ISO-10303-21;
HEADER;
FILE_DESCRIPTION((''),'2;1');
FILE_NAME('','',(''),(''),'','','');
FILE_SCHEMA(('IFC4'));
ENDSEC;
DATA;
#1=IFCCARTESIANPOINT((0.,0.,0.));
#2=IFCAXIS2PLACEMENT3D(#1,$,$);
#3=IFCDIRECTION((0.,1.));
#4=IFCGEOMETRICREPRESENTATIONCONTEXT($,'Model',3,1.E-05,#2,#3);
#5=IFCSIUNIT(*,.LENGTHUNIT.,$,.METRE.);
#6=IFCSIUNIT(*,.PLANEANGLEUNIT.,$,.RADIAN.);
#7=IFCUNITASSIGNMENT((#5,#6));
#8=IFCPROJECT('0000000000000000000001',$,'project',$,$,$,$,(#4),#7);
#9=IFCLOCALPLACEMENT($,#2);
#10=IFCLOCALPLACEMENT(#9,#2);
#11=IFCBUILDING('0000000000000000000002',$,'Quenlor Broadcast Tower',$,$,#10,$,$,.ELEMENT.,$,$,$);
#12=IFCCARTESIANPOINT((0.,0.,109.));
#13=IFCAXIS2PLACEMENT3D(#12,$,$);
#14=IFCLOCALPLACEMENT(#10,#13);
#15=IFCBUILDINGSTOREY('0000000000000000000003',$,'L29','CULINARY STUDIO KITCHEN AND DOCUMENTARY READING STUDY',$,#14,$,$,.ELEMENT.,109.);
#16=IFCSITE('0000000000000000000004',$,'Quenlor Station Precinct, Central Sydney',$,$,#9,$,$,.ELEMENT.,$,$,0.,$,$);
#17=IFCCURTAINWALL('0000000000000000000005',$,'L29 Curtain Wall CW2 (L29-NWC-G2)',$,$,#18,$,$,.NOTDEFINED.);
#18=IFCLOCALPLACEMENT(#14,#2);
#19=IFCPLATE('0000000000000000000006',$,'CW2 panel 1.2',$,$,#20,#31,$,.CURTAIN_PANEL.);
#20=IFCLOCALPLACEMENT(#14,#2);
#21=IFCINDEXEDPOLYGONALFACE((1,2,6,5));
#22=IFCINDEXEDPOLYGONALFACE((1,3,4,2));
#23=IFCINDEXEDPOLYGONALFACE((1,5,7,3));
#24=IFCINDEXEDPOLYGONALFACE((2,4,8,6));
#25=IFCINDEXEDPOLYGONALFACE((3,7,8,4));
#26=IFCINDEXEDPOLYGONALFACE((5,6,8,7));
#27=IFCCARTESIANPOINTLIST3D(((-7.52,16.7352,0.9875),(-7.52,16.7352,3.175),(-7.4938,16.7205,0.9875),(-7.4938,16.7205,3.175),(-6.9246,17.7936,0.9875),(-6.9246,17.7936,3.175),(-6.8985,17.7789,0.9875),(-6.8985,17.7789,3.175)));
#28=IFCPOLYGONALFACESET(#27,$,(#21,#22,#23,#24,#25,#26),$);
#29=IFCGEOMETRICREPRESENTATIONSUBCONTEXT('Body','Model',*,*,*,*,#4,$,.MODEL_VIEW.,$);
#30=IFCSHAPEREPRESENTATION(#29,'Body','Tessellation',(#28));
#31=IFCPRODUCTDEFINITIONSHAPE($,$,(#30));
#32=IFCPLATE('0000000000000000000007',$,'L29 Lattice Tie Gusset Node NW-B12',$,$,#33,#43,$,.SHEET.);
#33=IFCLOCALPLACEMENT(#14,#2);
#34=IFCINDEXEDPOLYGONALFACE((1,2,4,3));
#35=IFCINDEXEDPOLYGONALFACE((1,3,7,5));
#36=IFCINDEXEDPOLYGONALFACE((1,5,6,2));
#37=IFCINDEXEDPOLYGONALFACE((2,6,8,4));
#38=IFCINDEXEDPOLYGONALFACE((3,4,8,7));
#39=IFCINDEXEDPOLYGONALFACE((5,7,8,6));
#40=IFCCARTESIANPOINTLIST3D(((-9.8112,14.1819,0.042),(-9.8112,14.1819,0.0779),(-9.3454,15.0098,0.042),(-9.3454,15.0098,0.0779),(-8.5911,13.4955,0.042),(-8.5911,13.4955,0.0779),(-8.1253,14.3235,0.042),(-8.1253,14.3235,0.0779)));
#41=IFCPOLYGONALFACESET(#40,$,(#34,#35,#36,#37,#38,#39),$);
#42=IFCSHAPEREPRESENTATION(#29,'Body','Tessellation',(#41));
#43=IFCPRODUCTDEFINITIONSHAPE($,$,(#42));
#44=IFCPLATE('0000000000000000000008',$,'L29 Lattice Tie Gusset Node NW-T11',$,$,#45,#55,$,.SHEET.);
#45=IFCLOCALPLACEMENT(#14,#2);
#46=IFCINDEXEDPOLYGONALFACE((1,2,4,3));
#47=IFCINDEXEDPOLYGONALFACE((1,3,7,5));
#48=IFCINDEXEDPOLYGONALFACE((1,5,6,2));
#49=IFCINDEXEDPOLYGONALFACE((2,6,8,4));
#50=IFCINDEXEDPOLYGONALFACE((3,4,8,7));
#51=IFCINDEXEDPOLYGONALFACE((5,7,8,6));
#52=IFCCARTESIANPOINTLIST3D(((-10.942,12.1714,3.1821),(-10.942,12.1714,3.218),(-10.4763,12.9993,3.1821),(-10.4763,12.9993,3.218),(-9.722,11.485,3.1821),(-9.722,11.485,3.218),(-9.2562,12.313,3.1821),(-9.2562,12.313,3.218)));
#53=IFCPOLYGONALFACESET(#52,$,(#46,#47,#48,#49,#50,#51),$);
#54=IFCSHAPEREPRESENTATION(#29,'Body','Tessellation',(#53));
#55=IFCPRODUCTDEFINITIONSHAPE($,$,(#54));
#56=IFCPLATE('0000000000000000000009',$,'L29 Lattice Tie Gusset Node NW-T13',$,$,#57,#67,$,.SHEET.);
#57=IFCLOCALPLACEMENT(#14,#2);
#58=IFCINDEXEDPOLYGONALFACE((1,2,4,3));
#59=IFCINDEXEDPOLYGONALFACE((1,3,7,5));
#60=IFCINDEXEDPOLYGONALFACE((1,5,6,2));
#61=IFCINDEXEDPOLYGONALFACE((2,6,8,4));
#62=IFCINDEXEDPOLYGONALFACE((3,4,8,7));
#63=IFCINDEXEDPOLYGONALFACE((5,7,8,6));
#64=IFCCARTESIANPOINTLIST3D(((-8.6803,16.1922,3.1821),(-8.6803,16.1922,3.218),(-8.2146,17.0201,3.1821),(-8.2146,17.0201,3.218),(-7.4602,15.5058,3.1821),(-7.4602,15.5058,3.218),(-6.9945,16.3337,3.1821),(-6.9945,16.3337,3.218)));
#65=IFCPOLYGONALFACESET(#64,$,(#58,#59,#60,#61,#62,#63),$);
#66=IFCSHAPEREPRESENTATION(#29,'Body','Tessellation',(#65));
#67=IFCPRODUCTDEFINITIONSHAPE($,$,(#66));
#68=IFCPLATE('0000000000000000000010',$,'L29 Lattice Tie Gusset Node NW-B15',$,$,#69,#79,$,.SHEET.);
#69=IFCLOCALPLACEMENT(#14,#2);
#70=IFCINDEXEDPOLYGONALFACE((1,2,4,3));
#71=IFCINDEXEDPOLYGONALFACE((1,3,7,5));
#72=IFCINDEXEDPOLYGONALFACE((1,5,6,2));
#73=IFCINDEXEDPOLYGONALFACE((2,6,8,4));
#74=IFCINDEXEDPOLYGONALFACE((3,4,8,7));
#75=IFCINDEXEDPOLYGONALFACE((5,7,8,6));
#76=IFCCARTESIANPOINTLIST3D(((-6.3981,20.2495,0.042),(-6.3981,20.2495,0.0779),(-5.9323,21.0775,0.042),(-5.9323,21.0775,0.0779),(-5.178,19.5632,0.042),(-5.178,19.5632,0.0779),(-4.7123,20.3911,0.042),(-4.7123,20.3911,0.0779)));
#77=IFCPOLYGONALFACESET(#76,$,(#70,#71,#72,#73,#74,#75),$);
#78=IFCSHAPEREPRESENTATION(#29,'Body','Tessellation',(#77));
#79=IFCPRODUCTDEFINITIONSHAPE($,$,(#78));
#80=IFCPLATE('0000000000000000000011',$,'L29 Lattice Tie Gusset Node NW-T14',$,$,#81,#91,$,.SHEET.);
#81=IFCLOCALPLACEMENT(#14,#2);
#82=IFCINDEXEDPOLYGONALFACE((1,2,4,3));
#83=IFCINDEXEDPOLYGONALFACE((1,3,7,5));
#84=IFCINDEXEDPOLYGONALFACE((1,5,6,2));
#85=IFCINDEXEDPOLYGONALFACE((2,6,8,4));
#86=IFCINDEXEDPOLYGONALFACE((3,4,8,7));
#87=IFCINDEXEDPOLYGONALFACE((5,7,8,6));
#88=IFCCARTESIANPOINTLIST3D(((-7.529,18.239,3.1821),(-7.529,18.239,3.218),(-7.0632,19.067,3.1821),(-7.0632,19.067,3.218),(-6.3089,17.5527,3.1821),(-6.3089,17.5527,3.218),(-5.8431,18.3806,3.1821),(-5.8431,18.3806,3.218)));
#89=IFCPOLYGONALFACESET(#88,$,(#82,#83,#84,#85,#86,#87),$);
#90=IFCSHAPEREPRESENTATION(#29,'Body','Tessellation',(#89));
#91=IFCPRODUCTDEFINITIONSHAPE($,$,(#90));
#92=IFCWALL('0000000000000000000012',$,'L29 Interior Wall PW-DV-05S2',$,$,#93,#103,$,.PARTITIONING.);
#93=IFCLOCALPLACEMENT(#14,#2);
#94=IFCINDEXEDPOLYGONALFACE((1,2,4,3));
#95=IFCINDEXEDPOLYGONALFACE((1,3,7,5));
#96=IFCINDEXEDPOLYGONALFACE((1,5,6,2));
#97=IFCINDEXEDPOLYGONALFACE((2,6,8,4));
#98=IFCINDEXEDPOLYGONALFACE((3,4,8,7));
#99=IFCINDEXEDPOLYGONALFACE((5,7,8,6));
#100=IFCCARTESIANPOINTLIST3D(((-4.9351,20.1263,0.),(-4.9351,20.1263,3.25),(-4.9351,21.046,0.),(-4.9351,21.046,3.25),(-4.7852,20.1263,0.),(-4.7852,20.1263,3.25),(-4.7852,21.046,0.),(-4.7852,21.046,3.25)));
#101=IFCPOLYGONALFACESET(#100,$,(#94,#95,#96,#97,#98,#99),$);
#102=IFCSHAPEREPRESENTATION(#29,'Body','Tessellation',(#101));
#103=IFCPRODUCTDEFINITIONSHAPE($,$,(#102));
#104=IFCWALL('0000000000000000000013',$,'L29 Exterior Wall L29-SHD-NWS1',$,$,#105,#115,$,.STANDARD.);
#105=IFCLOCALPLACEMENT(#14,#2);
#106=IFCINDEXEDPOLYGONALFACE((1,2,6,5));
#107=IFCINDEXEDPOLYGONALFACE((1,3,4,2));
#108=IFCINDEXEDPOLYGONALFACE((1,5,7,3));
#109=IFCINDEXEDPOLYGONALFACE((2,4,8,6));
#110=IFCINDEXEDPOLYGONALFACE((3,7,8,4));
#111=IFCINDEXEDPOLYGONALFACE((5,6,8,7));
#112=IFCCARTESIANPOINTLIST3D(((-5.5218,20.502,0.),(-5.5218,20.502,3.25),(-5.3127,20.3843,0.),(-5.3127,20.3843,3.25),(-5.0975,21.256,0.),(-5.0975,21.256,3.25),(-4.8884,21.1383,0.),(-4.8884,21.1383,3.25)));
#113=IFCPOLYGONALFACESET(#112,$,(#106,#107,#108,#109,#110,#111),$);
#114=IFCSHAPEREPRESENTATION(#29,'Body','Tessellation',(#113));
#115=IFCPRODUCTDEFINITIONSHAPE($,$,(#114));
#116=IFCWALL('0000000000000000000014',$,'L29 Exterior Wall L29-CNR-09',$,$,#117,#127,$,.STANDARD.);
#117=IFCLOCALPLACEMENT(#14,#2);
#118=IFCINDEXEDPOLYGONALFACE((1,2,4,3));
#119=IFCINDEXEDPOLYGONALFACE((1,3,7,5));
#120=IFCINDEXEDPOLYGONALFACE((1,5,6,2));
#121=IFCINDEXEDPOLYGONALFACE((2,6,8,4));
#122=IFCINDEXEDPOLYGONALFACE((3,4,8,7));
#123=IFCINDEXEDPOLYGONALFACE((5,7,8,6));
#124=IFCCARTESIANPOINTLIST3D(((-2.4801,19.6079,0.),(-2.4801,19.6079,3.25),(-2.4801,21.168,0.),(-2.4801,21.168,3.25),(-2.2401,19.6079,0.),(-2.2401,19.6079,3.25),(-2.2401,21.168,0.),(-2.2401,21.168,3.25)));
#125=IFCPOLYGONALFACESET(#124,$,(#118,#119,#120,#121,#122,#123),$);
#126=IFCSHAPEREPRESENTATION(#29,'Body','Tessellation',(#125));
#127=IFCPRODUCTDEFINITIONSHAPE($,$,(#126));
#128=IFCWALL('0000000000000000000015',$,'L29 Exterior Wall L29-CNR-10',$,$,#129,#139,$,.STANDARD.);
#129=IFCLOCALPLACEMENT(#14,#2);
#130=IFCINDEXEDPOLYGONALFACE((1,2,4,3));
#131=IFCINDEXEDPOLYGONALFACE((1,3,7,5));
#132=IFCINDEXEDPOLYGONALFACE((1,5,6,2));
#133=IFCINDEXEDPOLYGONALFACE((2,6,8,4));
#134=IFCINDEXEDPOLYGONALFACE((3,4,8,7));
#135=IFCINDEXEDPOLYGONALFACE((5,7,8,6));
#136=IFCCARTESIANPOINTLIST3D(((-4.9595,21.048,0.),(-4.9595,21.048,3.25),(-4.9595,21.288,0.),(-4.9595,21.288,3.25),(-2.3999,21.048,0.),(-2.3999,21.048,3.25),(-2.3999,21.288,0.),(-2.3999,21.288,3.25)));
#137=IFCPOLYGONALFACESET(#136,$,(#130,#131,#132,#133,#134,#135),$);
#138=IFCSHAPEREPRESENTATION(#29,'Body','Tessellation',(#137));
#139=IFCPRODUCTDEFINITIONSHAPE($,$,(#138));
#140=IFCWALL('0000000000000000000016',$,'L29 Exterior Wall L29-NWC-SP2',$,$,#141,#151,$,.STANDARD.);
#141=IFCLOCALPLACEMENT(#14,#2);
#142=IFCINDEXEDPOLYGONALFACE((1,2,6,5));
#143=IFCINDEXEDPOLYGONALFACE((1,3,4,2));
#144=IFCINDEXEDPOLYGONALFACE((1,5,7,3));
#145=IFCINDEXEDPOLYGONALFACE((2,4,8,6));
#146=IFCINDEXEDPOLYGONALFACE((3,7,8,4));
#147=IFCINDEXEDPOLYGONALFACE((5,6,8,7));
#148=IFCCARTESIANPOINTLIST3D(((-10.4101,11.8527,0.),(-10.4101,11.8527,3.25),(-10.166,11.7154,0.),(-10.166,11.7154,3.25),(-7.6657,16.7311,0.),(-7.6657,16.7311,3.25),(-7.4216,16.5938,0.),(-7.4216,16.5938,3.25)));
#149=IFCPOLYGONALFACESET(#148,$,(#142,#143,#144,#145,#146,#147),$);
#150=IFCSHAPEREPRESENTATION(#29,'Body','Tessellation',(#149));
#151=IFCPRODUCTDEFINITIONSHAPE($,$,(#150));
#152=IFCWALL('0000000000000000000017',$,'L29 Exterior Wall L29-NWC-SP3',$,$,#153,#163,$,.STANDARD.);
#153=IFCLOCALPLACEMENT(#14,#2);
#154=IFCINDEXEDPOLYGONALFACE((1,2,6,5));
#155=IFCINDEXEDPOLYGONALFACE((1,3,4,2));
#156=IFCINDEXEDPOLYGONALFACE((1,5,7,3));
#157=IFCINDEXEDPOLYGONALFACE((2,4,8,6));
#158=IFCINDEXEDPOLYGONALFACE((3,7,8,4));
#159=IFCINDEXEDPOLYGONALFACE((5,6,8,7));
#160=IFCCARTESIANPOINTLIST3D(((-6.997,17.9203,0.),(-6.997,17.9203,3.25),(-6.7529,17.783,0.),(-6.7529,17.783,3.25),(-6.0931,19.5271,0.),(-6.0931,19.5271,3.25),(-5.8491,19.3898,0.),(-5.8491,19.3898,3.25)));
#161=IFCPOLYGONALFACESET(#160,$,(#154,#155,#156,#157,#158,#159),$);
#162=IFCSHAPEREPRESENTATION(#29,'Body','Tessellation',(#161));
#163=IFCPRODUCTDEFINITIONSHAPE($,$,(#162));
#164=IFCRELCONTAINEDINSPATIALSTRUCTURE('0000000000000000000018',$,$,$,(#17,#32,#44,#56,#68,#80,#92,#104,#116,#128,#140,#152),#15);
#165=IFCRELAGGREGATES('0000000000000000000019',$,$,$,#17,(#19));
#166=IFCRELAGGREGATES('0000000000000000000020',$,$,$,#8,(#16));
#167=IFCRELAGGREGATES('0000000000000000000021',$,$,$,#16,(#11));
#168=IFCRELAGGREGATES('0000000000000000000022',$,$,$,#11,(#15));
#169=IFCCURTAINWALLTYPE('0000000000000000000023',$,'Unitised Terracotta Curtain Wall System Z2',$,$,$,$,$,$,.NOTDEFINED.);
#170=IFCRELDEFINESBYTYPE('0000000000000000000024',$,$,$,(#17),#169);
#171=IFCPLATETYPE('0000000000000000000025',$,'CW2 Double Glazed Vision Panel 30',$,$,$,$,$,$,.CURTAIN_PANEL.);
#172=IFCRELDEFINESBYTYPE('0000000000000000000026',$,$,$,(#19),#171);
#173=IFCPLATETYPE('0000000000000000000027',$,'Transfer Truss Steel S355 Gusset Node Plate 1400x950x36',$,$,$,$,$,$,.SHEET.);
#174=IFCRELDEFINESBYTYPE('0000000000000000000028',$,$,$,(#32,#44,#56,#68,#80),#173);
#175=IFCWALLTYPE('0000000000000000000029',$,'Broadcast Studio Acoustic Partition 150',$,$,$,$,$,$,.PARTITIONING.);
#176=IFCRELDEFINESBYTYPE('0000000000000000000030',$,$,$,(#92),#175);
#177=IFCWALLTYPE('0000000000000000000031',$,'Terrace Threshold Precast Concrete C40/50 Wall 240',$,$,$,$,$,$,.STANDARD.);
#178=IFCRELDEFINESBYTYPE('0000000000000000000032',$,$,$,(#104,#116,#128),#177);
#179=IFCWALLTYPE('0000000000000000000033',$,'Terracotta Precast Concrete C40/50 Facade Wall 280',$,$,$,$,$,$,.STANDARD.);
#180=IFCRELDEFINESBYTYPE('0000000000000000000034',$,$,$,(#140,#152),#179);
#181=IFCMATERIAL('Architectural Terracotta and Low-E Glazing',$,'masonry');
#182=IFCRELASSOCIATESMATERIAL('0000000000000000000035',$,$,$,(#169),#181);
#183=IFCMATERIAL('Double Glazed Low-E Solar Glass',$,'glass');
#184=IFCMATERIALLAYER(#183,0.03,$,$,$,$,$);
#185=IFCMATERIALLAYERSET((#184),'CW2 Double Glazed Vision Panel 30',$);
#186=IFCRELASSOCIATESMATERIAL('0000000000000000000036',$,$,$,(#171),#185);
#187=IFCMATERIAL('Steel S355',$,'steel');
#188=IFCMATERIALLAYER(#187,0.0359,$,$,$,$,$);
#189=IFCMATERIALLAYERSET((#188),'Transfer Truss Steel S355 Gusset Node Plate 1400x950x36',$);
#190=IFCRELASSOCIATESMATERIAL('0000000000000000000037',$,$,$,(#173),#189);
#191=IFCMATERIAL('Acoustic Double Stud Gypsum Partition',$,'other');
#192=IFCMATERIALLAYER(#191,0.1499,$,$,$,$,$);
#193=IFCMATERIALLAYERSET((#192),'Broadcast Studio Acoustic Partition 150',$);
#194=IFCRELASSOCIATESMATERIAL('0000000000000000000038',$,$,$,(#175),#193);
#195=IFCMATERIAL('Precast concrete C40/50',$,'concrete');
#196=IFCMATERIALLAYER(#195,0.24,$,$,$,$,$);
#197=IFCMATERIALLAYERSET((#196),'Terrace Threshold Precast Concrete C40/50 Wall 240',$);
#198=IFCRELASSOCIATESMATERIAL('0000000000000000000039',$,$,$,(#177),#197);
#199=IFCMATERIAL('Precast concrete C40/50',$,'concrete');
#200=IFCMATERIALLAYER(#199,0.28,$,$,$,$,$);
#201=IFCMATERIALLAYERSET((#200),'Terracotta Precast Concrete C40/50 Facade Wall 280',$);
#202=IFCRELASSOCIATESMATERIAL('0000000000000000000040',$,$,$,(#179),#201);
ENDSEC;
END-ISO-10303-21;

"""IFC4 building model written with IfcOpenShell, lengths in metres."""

from ifc_helpers import new_model, si_unit, direction, frame, frame_2d, origin, origin_2d, place, context, subcontext, project, spatial, rectangle, extrude, material, layer, layer_set, type_object, element, aggregate, save


model = new_model("IFC4")

# Units and contexts
model_context = context("Model", 3, precision=1e-05, world=origin(), true_north=direction((0.0, 1.0)))
body_context = subcontext(model_context, "Body", "Model", "MODEL_VIEW")
ifc_project = project(units=[si_unit("LENGTHUNIT", "METRE"), si_unit("PLANEANGLEUNIT", "RADIAN")], contexts=[model_context])

# Site, building, storey
site_placement = place(None, origin())
site = spatial("IfcSite", under=ifc_project, at=site_placement, Name="Quenlor Station Precinct, Central Sydney", CompositionType="ELEMENT", RefElevation=0.0)
building_placement = place(site_placement, origin())
building = spatial("IfcBuilding", under=site, at=building_placement, Name="Quenlor Broadcast Tower", CompositionType="ELEMENT")
storey_placement = place(building_placement, frame((0.0, 0.0, 109.0)))
storey = spatial("IfcBuildingStorey", under=building, at=storey_placement, Name="L29", Description="CULINARY STUDIO KITCHEN AND DOCUMENTARY READING STUDY", CompositionType="ELEMENT", Elevation=109.0)

# Shared definitions
ifc_material_1 = material(Name="Architectural Terracotta and Low-E Glazing", Category="masonry")
curtain_wall_type = type_object("IfcCurtainWallType", Name="Unitised Terracotta Curtain Wall System Z2", PredefinedType="NOTDEFINED", material=ifc_material_1)

# Curtain wall
curtain_wall_1_placement = place(storey_placement, origin())
curtain_wall_1 = element("IfcCurtainWall", 1, at=curtain_wall_1_placement, inside=storey, type_object=curtain_wall_type, Name="L29 Curtain Wall CW2 (L29-NWC-G2)", PredefinedType="NOTDEFINED")

# Plate
ifc_material_2 = material(Name="Double Glazed Low-E Solar Glass", Category="glass")
ifc_layer_1 = layer(ifc_material_2, 0.03)
ifc_layer_set_1 = layer_set([ifc_layer_1], Name="CW2 Double Glazed Vision Panel 30")
plate_type_1 = type_object("IfcPlateType", Name="CW2 Double Glazed Vision Panel 30", PredefinedType="CURTAIN_PANEL", material=ifc_layer_set_1)
plate_1_placement = place(storey_placement, frame((-7.2092, 17.2571, 0.9875), z_axis=(0.0, 0.0, 1.0), x_axis=(0.490247, 0.871583, 0.0)))
plate_1 = element("IfcPlate", 2, at=plate_1_placement, type_object=plate_type_1, Name="CW2 panel 1.2", PredefinedType="CURTAIN_PANEL", context=body_context, shape_type="SweptSolid", body=[
    extrude(rectangle(XDim=1.2144, YDim=0.03, at=origin_2d()), origin(), (0.0, 0.0, 1.0), 2.1875),
])
aggregate(curtain_wall_1, [plate_1])

# Plates
ifc_material_3 = material(Name="Steel S355", Category="steel")
ifc_layer_2 = layer(ifc_material_3, 0.0359)
ifc_layer_set_2 = layer_set([ifc_layer_2], Name="Transfer Truss Steel S355 Gusset Node Plate 1400x950x36")
plate_type_2 = type_object("IfcPlateType", Name="Transfer Truss Steel S355 Gusset Node Plate 1400x950x36", PredefinedType="SHEET", material=ifc_layer_set_2)
for number, where, z_axis, x_axis, name in (
    (3, (-8.9683, 14.2527, 0.042), (0.0, 0.0, 1.0), (-0.871556, 0.490295, 0.0), "L29 Lattice Tie Gusset Node NW-B12"),
    (4, (-10.0991, 12.2422, 3.1821), (0.0, 0.0, 1.0), (-0.871556, 0.490295, 0.0), "L29 Lattice Tie Gusset Node NW-T11"),
    (5, (-7.8374, 16.2629, 3.1821), (0.0, 0.0, 1.0), (-0.871556, 0.490295, 0.0), "L29 Lattice Tie Gusset Node NW-T13"),
    (6, (-5.5552, 20.3203, 0.042), (0.0, 0.0, 1.0), (-0.871556, 0.490295, 0.0), "L29 Lattice Tie Gusset Node NW-B15"),
    (7, (-6.686, 18.3098, 3.1821), (0.0, 0.0, 1.0), (-0.871556, 0.490295, 0.0), "L29 Lattice Tie Gusset Node NW-T14"),
):
    element("IfcPlate", number, at=place(storey_placement, frame(where, z_axis=z_axis, x_axis=x_axis)), inside=storey, type_object=plate_type_2, Name=name, PredefinedType="SHEET", context=body_context, shape_type="SweptSolid", body=[
        extrude(rectangle(XDim=1.3999, YDim=0.95, at=origin_2d()), origin(), (0.0, 0.0, 1.0), 0.0359),
    ])

# Walls
ifc_material_4 = material(Name="Acoustic Double Stud Gypsum Partition", Category="other")
ifc_layer_3 = layer(ifc_material_4, 0.1499)
ifc_layer_set_3 = layer_set([ifc_layer_3], Name="Broadcast Studio Acoustic Partition 150")
wall_type_1 = type_object("IfcWallType", Name="Broadcast Studio Acoustic Partition 150", PredefinedType="PARTITIONING", material=ifc_layer_set_3)
wall_1_placement = place(storey_placement, frame((-4.8601, 20.1262, 0.0), z_axis=(0.0, 0.0, 1.0), x_axis=(0.0, 1.0, 0.0)))
element("IfcWall", 8, at=wall_1_placement, inside=storey, type_object=wall_type_1, Name="L29 Interior Wall PW-DV-05S2", PredefinedType="PARTITIONING", context=body_context, shape_type="SweptSolid", body=[
    extrude(rectangle(XDim=0.9197, YDim=0.1499, at=frame_2d((0.46, 0.0))), origin(), (0.0, 0.0, 1.0), 3.25),
])
ifc_material_5 = material(Name="Precast concrete C40/50", Category="concrete")
ifc_layer_4 = layer(ifc_material_5, 0.24)
ifc_layer_set_4 = layer_set([ifc_layer_4], Name="Terrace Threshold Precast Concrete C40/50 Wall 240")
wall_type_2 = type_object("IfcWallType", Name="Terrace Threshold Precast Concrete C40/50 Wall 240", PredefinedType="STANDARD", material=ifc_layer_set_4)
wall_2_placement = place(storey_placement, frame((-5.4172, 20.4431, 0.0), z_axis=(0.0, 0.0, 1.0), x_axis=(0.490355, 0.871523, 0.0)))
element("IfcWall", 9, at=wall_2_placement, inside=storey, type_object=wall_type_2, Name="L29 Exterior Wall L29-SHD-NWS1", PredefinedType="STANDARD", context=body_context, shape_type="SweptSolid", body=[
    extrude(rectangle(XDim=0.8652, YDim=0.24, at=frame_2d((0.4326, 0.0))), origin(), (0.0, 0.0, 1.0), 3.25),
])
wall_3_placement = place(storey_placement, frame((-2.3601, 19.6079, 0.0), z_axis=(0.0, 0.0, 1.0), x_axis=(0.0, 1.0, 0.0)))
element("IfcWall", 10, at=wall_3_placement, inside=storey, type_object=wall_type_2, Name="L29 Exterior Wall L29-CNR-09", PredefinedType="STANDARD", context=body_context, shape_type="SweptSolid", body=[
    extrude(rectangle(XDim=1.5601, YDim=0.24, at=frame_2d((0.78, 0.0))), origin(), (0.0, 0.0, 1.0), 3.25),
])
wall_4_placement = place(storey_placement, frame((-2.3999, 21.168, 0.0), z_axis=(0.0, 0.0, 1.0), x_axis=(-1.0, 0.0, 0.0)))
element("IfcWall", 11, at=wall_4_placement, inside=storey, type_object=wall_type_2, Name="L29 Exterior Wall L29-CNR-10", PredefinedType="STANDARD", context=body_context, shape_type="SweptSolid", body=[
    extrude(rectangle(XDim=2.5596, YDim=0.24, at=frame_2d((1.2798, 0.0))), origin(), (0.0, 0.0, 1.0), 3.25),
])
ifc_material_6 = material(Name="Precast concrete C40/50", Category="concrete")
ifc_layer_5 = layer(ifc_material_6, 0.28)
ifc_layer_set_5 = layer_set([ifc_layer_5], Name="Terracotta Precast Concrete C40/50 Facade Wall 280")
wall_type_3 = type_object("IfcWallType", Name="Terracotta Precast Concrete C40/50 Facade Wall 280", PredefinedType="STANDARD", material=ifc_layer_set_5)
wall_5_placement = place(storey_placement, frame((-10.2881, 11.7839, 0.0), z_axis=(0.0, 0.0, 1.0), x_axis=(0.490299, 0.871555, 0.0)))
element("IfcWall", 12, at=wall_5_placement, inside=storey, type_object=wall_type_3, Name="L29 Exterior Wall L29-NWC-SP2", PredefinedType="STANDARD", context=body_context, shape_type="SweptSolid", body=[
    extrude(rectangle(XDim=5.5974, YDim=0.28, at=frame_2d((2.7988, 0.0))), origin(), (0.0, 0.0, 1.0), 3.25),
])
wall_6_placement = place(storey_placement, frame((-6.875, 17.8516, 0.0), z_axis=(0.0, 0.0, 1.0), x_axis=(0.49028, 0.871565, 0.0)))
element("IfcWall", 13, at=wall_6_placement, inside=storey, type_object=wall_type_3, Name="L29 Exterior Wall L29-NWC-SP3", PredefinedType="STANDARD", context=body_context, shape_type="SweptSolid", body=[
    extrude(rectangle(XDim=1.8435, YDim=0.28, at=frame_2d((0.9219, 0.0))), origin(), (0.0, 0.0, 1.0), 3.25),
])

save(model, "model.ifc")
